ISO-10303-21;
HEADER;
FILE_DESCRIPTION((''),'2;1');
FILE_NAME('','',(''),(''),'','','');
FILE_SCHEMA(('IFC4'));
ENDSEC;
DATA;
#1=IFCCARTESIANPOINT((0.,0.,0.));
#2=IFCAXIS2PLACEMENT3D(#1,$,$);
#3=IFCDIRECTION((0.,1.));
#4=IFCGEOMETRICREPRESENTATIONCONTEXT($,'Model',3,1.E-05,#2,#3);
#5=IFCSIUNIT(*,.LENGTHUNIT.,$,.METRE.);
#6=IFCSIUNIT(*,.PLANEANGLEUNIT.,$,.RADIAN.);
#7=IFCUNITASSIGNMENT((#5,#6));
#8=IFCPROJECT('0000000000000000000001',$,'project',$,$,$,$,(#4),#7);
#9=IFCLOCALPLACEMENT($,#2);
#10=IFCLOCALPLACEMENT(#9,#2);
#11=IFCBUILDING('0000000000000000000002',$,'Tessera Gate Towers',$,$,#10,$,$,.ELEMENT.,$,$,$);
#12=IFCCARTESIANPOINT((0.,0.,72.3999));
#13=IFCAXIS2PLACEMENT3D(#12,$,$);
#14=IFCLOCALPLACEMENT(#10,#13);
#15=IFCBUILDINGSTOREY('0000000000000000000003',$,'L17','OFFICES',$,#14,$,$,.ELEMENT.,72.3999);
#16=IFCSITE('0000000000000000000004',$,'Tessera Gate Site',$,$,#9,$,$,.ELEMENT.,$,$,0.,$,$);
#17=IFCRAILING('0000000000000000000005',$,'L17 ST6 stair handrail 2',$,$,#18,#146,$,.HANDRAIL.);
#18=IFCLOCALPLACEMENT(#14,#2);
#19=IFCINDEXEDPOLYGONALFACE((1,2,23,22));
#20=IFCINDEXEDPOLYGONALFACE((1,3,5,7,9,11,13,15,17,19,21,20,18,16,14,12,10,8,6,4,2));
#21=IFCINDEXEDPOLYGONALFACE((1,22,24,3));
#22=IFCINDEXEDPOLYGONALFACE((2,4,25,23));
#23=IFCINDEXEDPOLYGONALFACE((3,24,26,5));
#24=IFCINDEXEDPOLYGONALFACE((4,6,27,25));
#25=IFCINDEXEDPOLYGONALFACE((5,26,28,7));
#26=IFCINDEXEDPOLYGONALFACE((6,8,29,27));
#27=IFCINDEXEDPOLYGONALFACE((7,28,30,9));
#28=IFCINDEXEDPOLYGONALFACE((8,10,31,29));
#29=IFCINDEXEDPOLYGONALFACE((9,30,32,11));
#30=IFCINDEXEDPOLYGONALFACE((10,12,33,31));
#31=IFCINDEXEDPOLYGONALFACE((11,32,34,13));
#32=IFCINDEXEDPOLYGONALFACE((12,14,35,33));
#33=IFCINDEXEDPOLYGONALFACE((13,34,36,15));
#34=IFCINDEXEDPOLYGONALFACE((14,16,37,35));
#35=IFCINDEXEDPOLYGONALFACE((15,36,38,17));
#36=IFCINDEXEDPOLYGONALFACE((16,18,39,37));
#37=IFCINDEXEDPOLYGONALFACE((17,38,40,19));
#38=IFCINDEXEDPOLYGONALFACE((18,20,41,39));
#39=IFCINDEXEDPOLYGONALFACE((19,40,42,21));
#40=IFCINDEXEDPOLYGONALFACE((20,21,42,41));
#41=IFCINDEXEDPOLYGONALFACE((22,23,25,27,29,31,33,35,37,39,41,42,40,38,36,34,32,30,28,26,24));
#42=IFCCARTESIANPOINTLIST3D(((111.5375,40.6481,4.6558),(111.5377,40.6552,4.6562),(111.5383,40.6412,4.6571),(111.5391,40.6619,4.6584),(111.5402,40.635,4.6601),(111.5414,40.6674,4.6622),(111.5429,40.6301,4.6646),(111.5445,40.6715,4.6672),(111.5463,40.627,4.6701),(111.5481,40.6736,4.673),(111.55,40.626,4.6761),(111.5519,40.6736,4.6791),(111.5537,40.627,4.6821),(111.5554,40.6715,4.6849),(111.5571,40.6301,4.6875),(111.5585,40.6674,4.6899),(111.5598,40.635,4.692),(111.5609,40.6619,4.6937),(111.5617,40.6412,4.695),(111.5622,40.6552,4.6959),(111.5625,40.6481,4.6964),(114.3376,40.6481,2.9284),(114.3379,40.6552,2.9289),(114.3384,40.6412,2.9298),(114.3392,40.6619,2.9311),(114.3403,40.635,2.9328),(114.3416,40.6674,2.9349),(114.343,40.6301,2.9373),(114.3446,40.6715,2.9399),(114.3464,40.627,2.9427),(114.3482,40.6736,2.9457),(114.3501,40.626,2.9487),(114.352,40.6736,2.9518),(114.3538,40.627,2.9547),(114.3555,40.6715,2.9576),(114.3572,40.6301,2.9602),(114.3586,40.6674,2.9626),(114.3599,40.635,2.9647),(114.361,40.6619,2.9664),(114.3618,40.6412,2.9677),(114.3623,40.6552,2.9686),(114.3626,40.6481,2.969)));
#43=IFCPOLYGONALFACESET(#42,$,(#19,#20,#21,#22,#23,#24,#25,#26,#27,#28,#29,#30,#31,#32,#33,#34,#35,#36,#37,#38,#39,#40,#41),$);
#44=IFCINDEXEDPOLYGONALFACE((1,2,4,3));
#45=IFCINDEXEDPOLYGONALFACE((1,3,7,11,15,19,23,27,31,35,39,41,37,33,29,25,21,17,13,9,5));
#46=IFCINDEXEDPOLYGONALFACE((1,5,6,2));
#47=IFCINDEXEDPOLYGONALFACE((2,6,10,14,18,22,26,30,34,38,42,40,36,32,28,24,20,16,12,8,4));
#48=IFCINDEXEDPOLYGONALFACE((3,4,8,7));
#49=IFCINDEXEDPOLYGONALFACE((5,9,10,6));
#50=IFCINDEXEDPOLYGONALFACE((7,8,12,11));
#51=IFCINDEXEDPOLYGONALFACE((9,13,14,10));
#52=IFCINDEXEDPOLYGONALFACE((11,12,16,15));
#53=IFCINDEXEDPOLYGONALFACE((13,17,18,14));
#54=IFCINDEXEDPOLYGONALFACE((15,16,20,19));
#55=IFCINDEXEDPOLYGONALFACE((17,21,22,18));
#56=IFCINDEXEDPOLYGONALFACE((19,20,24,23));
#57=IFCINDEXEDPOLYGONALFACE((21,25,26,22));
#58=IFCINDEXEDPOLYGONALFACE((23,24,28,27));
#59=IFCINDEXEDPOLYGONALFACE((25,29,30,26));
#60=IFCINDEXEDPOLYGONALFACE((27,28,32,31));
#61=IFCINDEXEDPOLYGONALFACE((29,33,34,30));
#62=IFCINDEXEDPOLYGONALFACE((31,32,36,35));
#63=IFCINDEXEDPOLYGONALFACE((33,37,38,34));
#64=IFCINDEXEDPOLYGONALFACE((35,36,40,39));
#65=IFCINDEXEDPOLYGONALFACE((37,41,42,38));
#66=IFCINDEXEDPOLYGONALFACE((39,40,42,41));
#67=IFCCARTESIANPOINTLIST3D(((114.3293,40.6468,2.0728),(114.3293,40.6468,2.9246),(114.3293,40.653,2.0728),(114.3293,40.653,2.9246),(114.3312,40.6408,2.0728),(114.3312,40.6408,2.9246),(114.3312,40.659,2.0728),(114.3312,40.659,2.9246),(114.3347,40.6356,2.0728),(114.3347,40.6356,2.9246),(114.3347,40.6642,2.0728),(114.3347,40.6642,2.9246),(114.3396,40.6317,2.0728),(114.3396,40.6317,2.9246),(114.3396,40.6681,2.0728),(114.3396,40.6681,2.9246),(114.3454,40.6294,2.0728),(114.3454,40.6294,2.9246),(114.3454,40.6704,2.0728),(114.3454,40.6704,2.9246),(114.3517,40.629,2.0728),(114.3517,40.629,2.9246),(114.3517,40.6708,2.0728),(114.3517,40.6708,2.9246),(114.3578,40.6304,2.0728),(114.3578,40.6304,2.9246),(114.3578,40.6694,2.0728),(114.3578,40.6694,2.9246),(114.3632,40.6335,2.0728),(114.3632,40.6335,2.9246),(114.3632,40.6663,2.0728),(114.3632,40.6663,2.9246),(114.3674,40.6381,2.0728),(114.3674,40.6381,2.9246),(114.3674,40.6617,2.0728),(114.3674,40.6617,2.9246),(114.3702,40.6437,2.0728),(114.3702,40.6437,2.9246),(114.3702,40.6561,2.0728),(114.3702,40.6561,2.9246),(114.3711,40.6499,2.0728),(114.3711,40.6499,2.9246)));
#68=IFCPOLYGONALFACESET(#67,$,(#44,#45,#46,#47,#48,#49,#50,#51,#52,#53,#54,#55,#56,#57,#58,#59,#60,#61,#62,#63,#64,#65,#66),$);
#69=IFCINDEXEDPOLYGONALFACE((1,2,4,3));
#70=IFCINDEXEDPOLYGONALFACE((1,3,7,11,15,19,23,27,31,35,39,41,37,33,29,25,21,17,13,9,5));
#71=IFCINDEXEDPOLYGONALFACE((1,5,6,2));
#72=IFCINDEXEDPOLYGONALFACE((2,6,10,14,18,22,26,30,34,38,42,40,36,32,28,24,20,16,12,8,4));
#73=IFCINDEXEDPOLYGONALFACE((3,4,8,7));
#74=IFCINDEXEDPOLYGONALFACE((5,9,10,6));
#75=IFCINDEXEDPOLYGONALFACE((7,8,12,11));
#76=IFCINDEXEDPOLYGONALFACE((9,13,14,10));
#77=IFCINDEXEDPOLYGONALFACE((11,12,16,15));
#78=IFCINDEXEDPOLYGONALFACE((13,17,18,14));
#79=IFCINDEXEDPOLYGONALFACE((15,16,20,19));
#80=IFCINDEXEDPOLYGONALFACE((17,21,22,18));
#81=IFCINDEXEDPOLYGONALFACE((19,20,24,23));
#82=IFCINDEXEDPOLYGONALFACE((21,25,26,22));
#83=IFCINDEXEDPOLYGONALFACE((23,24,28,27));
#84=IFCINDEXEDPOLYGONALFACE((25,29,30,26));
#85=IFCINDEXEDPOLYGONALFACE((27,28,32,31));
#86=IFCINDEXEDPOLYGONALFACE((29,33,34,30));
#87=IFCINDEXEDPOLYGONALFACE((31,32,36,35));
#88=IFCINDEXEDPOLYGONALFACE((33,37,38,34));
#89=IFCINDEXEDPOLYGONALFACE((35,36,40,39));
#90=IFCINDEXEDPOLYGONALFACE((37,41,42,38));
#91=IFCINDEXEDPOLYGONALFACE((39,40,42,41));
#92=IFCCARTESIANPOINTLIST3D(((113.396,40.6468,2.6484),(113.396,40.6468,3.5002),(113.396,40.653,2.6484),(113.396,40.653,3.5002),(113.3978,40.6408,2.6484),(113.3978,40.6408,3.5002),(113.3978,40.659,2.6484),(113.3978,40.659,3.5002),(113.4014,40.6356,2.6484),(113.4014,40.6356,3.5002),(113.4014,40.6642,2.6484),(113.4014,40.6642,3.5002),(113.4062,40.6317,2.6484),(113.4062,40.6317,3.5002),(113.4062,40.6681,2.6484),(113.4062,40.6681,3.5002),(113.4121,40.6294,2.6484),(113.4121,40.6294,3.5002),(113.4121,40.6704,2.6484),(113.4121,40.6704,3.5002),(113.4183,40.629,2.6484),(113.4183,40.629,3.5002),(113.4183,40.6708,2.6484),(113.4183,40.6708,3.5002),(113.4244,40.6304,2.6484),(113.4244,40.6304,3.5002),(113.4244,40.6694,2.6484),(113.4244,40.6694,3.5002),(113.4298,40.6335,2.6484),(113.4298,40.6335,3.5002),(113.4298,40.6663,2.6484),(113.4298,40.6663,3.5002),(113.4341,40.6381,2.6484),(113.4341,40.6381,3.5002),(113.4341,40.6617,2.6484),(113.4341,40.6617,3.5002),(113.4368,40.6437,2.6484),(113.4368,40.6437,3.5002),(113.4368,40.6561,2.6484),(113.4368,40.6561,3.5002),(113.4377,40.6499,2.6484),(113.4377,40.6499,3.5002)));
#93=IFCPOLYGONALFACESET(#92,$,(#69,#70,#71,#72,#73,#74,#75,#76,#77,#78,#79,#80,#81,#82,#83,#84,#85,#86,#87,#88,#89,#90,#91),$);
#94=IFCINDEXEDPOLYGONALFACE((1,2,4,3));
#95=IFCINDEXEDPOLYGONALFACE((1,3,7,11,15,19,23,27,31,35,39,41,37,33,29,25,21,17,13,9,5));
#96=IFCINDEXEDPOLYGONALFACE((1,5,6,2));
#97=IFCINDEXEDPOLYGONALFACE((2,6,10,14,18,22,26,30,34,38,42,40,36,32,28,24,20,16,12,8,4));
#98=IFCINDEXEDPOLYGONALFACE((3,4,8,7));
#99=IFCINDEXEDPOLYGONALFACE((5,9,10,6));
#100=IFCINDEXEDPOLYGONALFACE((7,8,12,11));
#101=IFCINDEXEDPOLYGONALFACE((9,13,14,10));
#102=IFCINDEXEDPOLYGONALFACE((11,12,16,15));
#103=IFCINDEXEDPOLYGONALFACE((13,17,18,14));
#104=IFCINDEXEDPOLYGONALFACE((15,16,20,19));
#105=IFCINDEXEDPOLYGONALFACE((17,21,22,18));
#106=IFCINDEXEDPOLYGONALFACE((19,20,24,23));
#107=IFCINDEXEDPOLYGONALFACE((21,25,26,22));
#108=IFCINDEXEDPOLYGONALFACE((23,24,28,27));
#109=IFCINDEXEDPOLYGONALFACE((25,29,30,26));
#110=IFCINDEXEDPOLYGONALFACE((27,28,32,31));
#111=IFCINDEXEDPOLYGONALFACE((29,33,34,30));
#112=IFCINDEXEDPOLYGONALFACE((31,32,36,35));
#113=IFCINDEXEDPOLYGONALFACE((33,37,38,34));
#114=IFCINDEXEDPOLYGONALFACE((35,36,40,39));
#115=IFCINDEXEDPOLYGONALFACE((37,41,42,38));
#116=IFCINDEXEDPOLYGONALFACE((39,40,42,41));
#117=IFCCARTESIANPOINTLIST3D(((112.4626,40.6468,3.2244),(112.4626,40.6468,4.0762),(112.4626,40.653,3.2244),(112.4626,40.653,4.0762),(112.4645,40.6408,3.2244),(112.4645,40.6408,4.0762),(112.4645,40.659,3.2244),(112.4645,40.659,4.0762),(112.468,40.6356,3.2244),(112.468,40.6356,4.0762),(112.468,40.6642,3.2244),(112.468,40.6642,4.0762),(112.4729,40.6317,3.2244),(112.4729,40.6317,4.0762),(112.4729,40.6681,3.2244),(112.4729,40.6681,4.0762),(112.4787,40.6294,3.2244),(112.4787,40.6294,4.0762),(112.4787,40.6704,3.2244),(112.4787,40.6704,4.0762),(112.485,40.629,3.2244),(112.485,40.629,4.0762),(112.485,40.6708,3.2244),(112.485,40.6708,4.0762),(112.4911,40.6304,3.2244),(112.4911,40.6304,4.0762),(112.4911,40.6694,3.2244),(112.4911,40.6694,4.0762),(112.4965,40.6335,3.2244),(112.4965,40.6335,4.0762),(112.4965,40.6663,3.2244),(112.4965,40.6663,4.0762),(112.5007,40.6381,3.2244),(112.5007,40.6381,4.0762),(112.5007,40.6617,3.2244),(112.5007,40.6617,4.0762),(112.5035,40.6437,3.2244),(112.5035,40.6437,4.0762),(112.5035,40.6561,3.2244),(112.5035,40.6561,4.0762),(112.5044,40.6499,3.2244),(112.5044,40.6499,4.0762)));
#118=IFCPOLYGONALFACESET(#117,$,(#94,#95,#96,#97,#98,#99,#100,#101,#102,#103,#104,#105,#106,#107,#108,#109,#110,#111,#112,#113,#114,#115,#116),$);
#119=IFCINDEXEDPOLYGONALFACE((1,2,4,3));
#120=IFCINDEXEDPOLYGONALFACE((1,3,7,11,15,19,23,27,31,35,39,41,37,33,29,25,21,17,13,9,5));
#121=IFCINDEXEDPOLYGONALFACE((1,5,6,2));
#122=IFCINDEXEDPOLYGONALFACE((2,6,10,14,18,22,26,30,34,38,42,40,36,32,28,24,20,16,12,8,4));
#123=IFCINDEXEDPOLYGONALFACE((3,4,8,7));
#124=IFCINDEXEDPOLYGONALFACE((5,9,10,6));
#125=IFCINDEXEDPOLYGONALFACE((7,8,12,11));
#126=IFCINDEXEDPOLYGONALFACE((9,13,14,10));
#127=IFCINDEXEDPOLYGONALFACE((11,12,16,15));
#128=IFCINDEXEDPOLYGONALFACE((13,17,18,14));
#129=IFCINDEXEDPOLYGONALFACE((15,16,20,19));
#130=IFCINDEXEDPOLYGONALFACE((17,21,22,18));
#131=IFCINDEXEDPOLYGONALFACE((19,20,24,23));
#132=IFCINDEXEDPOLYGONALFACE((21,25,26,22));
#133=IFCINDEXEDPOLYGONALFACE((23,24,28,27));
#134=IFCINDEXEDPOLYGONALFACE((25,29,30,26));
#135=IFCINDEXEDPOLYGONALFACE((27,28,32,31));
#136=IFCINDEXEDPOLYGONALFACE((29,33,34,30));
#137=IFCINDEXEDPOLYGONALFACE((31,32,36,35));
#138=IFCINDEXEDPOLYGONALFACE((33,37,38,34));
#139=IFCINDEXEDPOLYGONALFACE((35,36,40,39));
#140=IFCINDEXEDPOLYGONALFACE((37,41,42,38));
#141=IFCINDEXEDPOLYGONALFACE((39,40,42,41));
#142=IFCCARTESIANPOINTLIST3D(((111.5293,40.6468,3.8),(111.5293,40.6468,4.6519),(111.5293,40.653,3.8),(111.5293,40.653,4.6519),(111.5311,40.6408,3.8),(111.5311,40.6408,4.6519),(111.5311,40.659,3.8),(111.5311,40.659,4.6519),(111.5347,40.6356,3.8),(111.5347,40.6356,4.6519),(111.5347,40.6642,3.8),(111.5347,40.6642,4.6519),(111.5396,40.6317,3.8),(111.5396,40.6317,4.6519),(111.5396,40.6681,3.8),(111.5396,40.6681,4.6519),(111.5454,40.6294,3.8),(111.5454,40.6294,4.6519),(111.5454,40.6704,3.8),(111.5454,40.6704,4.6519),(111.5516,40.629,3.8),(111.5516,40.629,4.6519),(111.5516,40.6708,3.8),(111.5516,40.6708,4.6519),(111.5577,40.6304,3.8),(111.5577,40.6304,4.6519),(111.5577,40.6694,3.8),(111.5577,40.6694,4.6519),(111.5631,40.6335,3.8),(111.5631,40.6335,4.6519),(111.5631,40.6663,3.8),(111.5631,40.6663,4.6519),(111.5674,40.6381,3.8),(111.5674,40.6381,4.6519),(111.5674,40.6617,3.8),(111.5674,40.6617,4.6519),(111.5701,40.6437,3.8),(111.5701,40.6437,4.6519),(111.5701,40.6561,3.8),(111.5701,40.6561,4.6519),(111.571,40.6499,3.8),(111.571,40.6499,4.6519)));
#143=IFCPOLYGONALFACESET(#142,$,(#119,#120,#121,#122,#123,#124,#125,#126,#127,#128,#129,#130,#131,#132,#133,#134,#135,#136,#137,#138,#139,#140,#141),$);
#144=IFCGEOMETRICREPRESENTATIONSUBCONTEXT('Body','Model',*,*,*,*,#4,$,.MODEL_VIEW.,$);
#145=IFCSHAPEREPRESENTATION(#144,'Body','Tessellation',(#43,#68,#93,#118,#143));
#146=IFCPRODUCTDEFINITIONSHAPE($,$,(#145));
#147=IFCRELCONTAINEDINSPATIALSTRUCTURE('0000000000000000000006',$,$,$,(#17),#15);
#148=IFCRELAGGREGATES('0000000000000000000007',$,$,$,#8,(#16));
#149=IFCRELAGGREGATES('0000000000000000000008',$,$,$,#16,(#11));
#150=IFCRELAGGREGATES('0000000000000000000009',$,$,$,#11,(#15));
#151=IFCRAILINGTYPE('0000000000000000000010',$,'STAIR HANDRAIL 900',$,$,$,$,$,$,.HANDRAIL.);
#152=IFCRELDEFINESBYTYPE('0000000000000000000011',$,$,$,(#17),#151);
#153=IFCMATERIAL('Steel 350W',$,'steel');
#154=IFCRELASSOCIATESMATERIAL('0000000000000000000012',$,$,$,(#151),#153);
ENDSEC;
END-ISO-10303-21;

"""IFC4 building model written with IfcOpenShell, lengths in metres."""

from ifc_helpers import new_model, si_unit, direction, frame, origin, origin_2d, place, context, subcontext, project, spatial, circle, extrude, material, type_object, element, save


model = new_model("IFC4")

# Units and contexts
model_context = context("Model", 3, precision=1e-05, world=origin(), true_north=direction((0.0, 1.0)))
body_context = subcontext(model_context, "Body", "Model", "MODEL_VIEW")
ifc_project = project(units=[si_unit("LENGTHUNIT", "METRE"), si_unit("PLANEANGLEUNIT", "RADIAN")], contexts=[model_context])

# Site, building, storey
site_placement = place(None, origin())
site = spatial("IfcSite", under=ifc_project, at=site_placement, Name="Tessera Gate Site", CompositionType="ELEMENT", RefElevation=0.0)
building_placement = place(site_placement, origin())
building = spatial("IfcBuilding", under=site, at=building_placement, Name="Tessera Gate Towers", CompositionType="ELEMENT")
storey_placement = place(building_placement, frame((0.0, 0.0, 72.3999)))
storey = spatial("IfcBuildingStorey", under=building, at=storey_placement, Name="L17", Description="OFFICES", CompositionType="ELEMENT", Elevation=72.3999)

# Railing
ifc_material_1 = material(Name="Steel 350W", Category="steel")
railing_type = type_object("IfcRailingType", Name="STAIR HANDRAIL 900", PredefinedType="HANDRAIL", material=ifc_material_1)
railing_placement = place(storey_placement, frame((114.3501, 40.6499, 2.0728)))
element("IfcRailing", 1, at=railing_placement, inside=storey, type_object=railing_type, Name="L17 ST6 stair handrail 2", PredefinedType="HANDRAIL", context=body_context, shape_type="SweptSolid", body=[
    extrude(circle(Radius=0.0239, at=origin_2d()), frame((0.0, 0.0, 0.876), z_axis=(-0.85109, 0.0, 0.52502), x_axis=(0.0, -1.0, 0.0)), (0.0, 0.0, 1.0), 3.29),
    extrude(circle(Radius=0.021, at=origin_2d()), origin(), (0.0, 0.0, 1.0), 0.8518),
    extrude(circle(Radius=0.021, at=origin_2d()), frame((-0.9333, 0.0, 0.5757)), (0.0, 0.0, 1.0), 0.8518),
    extrude(circle(Radius=0.021, at=origin_2d()), frame((-1.8667, 0.0, 1.1516)), (0.0, 0.0, 1.0), 0.8518),
    extrude(circle(Radius=0.021, at=origin_2d()), frame((-2.8, 0.0, 1.7273)), (0.0, 0.0, 1.0), 0.8518),
])

save(model, "model.ifc")
